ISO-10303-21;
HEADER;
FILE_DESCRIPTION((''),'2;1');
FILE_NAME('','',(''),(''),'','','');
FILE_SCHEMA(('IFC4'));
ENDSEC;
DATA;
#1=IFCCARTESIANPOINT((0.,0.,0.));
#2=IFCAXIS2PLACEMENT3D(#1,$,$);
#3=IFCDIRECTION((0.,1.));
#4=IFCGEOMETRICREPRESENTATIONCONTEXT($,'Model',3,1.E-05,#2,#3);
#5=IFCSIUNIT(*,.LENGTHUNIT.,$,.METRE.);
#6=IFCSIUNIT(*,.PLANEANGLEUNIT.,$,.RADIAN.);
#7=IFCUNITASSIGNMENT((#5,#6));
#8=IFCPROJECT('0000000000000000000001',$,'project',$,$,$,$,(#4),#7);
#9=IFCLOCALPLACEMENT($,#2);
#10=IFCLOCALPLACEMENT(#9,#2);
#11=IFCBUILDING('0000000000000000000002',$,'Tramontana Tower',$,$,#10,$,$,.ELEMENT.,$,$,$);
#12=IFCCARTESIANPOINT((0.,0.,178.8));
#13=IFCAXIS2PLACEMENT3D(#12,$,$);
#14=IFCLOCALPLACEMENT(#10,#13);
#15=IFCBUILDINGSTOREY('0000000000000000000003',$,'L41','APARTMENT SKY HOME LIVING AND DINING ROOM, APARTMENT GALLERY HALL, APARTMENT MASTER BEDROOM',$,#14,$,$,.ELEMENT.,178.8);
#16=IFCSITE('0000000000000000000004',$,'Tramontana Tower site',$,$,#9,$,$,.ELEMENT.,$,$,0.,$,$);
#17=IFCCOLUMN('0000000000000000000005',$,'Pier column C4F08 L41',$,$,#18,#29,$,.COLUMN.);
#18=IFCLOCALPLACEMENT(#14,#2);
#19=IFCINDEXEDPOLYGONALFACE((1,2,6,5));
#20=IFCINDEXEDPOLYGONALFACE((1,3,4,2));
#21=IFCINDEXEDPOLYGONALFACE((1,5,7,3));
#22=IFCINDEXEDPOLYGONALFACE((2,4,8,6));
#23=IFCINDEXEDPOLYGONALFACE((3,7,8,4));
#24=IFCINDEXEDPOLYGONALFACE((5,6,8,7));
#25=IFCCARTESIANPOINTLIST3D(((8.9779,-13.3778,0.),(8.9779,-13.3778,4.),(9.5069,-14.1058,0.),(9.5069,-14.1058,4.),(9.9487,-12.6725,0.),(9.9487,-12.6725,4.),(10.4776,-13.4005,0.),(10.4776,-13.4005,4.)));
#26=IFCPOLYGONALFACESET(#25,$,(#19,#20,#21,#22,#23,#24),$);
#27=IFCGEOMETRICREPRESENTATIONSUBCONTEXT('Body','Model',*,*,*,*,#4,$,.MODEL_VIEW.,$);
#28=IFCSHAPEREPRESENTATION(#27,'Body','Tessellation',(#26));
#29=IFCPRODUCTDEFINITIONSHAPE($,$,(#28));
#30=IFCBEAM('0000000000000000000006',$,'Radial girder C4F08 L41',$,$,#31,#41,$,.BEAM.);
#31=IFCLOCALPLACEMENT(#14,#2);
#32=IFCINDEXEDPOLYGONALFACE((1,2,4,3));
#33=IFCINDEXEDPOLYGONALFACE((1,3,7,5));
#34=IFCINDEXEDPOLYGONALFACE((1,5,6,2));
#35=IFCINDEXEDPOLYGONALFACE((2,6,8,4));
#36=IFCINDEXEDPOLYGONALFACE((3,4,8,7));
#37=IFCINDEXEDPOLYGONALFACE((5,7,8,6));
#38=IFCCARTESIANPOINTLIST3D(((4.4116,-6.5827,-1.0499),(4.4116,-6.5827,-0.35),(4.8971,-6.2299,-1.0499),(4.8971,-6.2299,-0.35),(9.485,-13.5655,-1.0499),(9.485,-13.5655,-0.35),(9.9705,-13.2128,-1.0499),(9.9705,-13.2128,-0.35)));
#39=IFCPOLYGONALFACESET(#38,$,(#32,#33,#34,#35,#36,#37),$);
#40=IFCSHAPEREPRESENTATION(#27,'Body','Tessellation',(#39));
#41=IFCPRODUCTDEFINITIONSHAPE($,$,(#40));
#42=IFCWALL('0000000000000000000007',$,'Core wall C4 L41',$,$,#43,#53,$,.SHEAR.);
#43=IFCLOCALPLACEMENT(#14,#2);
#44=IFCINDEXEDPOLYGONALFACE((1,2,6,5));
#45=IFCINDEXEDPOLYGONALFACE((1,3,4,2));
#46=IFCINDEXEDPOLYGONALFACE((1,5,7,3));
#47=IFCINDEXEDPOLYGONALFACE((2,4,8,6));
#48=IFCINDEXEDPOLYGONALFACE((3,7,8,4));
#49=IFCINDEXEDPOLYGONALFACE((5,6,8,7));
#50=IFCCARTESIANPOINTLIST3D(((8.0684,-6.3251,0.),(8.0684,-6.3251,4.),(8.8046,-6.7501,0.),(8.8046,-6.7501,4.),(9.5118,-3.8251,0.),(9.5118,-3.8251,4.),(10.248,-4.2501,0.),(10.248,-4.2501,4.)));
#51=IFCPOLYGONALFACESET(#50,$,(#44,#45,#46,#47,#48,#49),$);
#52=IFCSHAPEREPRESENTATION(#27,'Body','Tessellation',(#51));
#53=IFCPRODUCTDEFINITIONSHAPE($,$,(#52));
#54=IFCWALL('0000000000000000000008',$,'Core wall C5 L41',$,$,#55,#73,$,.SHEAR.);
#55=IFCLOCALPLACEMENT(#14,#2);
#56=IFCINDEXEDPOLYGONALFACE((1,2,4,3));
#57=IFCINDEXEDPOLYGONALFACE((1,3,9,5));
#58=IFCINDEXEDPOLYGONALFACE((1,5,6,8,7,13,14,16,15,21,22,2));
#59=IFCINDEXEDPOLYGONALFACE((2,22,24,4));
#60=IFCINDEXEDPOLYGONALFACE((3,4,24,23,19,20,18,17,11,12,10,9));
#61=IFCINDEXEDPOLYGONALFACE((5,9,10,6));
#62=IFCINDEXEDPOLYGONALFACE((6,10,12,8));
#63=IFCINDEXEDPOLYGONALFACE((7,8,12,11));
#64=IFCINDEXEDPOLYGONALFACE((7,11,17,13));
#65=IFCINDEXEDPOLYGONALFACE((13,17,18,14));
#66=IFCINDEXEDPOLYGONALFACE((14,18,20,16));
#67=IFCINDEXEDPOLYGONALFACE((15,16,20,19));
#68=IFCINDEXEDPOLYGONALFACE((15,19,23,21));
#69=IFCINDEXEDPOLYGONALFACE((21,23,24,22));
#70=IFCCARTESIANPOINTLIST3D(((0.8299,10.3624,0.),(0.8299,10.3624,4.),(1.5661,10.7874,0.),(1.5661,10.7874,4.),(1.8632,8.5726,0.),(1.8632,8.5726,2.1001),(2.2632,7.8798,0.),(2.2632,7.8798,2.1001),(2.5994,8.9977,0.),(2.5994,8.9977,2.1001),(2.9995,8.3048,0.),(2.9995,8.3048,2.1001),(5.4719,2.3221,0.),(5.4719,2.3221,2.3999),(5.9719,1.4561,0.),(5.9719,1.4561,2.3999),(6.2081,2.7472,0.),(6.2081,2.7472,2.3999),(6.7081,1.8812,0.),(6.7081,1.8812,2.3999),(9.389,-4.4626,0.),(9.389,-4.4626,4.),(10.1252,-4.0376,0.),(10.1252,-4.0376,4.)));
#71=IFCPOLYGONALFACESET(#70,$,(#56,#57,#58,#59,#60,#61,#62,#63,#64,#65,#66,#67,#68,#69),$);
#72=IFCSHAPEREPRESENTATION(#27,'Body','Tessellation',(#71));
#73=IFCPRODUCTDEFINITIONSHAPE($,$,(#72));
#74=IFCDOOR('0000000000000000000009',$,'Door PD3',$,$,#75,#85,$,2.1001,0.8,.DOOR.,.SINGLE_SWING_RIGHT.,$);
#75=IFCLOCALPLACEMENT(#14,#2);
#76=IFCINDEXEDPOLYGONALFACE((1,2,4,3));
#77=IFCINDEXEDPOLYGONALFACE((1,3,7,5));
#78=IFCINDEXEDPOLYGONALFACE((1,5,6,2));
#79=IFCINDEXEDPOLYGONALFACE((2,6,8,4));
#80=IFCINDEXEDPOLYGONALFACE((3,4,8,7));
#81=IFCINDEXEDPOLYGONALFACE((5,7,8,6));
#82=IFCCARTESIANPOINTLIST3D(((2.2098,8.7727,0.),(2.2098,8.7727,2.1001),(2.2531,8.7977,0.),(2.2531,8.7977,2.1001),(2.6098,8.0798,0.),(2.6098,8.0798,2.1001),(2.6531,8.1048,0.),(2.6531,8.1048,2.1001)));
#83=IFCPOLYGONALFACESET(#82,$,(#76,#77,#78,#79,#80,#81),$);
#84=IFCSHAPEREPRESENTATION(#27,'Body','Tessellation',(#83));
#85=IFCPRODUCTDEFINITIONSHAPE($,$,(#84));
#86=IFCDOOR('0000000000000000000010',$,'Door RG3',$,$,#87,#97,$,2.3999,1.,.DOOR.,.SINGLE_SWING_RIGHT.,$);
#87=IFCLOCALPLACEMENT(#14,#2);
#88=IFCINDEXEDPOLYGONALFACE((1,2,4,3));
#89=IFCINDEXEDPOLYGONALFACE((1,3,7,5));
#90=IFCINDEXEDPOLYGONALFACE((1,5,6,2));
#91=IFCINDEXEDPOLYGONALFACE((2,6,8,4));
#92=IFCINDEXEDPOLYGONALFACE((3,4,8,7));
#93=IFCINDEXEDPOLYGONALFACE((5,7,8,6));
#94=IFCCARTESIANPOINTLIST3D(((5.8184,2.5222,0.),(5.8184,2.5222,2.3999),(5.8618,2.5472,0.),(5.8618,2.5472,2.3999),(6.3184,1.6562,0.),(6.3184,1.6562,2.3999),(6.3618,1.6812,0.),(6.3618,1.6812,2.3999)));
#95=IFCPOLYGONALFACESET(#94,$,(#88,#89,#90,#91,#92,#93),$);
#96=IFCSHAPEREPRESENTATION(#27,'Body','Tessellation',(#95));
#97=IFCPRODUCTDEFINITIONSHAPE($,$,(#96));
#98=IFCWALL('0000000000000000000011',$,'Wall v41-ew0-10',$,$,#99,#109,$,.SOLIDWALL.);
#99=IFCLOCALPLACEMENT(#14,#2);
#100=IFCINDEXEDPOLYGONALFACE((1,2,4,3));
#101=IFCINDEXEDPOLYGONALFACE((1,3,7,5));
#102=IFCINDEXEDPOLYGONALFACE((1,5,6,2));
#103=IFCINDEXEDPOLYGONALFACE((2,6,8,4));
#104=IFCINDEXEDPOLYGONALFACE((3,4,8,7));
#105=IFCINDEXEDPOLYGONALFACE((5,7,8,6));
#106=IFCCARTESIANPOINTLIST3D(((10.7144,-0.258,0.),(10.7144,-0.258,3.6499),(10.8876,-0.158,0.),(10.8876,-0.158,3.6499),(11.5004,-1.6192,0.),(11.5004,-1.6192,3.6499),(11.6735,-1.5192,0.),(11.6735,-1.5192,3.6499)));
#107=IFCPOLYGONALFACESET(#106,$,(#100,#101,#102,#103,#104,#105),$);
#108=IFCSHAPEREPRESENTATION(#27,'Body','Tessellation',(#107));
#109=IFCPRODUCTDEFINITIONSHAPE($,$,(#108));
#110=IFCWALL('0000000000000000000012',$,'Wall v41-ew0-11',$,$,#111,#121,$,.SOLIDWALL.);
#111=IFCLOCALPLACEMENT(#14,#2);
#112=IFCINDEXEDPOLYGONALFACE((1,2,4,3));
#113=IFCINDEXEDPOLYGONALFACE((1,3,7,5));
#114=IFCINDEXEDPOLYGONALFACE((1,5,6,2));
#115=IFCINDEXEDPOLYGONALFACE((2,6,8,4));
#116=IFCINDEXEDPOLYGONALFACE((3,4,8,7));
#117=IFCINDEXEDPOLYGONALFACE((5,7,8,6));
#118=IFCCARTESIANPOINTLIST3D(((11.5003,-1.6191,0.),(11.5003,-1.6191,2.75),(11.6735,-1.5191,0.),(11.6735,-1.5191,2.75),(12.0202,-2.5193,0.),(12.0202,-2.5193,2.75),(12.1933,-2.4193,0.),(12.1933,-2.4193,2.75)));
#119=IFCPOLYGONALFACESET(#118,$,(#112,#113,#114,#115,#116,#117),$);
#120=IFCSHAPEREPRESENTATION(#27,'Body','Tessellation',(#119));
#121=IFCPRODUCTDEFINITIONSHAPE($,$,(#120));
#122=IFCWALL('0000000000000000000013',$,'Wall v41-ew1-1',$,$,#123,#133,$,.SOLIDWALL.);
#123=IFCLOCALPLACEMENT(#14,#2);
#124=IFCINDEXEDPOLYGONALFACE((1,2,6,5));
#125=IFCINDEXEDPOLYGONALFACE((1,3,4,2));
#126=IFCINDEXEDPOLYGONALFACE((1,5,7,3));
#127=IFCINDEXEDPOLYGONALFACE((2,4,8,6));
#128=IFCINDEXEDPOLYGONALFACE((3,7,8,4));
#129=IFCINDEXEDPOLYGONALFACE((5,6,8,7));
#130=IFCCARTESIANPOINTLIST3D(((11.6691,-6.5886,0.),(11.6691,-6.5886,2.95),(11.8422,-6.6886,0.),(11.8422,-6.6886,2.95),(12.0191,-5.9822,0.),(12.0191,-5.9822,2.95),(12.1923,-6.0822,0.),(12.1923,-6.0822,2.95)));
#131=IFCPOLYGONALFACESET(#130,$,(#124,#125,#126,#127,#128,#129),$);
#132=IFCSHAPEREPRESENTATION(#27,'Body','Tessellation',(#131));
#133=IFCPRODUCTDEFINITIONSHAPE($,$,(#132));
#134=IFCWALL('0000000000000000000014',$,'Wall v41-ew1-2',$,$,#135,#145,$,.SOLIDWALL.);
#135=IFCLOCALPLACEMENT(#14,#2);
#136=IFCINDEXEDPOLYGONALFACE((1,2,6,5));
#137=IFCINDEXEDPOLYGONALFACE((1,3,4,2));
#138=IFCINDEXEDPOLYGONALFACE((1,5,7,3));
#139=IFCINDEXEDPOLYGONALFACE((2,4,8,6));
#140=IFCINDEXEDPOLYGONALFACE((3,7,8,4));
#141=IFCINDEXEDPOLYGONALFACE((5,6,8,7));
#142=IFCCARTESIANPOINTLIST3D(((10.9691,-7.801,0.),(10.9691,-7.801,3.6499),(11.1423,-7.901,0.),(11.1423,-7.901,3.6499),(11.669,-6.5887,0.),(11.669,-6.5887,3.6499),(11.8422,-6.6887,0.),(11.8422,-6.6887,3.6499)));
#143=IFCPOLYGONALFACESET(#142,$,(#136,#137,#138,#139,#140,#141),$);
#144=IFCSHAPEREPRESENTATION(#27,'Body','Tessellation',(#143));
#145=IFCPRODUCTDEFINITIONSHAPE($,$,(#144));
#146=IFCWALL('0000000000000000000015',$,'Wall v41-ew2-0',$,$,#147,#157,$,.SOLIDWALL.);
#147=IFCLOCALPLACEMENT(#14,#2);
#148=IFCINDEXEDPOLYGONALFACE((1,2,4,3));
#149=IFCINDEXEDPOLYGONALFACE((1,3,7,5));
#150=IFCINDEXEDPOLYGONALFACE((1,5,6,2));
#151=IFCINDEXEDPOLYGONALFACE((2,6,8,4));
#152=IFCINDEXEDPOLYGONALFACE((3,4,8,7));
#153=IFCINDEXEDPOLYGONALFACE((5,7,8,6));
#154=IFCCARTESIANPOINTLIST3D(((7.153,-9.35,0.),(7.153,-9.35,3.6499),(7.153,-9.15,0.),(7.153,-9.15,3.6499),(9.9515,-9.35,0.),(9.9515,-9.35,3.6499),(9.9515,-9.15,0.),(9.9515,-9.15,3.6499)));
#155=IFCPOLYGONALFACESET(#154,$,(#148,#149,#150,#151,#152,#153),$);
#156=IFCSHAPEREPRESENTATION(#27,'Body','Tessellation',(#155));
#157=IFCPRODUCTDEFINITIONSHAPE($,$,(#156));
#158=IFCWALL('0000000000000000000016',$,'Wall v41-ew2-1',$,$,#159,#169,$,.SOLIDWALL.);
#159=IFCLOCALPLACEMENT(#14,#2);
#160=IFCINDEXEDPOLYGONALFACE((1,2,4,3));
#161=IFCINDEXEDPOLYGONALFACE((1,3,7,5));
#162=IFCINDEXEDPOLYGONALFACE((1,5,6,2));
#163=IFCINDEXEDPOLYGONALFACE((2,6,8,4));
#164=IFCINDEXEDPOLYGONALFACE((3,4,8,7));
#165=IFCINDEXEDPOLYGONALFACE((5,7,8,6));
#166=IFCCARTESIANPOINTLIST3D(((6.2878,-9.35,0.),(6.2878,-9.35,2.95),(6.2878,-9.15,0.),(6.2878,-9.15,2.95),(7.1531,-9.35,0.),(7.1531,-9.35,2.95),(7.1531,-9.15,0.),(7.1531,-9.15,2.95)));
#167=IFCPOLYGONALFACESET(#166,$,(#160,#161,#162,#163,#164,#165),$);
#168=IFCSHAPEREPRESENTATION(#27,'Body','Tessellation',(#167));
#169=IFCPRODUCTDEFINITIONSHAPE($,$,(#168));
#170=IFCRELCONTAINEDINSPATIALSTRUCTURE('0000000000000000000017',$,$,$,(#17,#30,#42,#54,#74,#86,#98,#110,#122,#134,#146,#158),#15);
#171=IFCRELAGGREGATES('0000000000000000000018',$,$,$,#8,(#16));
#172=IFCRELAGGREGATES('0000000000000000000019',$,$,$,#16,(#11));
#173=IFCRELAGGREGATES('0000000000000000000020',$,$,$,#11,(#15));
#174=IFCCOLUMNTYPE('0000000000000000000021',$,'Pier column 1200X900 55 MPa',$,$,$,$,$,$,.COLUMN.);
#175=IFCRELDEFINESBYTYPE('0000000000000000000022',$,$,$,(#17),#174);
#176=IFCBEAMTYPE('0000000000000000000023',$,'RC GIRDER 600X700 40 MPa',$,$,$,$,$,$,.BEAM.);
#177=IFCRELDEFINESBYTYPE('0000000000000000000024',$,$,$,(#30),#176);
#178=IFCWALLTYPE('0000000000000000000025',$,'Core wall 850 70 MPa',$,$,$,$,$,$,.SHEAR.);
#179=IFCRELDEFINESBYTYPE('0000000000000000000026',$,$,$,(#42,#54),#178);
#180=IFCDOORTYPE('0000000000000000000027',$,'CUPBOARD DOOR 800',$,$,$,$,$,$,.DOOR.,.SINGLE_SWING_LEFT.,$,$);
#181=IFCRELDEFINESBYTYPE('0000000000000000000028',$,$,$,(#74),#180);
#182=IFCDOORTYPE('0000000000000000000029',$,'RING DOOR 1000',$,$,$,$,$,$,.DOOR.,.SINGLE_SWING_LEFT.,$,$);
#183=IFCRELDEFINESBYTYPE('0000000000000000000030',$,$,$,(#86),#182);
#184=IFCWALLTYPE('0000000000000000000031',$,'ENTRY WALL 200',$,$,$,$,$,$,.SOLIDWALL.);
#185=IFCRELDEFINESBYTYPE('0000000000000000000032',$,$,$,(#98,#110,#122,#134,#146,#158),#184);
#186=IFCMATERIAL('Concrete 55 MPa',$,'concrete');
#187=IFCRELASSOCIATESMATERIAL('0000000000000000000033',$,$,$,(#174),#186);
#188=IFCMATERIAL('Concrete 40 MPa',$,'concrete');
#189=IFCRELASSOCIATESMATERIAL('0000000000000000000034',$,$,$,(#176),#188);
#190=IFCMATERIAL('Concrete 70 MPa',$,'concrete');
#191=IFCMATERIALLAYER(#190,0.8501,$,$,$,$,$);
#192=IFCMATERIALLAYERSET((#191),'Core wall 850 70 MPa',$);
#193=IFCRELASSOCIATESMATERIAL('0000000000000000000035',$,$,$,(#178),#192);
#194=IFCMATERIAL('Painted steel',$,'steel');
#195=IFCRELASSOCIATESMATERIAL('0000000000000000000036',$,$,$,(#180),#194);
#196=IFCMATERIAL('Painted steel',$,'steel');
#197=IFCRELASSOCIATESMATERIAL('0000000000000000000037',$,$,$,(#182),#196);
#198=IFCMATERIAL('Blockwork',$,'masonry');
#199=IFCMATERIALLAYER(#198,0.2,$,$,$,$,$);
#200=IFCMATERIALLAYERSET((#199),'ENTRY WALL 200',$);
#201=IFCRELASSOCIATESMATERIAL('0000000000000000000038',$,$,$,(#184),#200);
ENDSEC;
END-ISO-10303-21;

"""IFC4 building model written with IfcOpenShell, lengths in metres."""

from ifc_helpers import new_model, si_unit, direction, frame, frame_2d, origin, origin_2d, place, context, subcontext, project, spatial, rectangle, extrude, material, layer, layer_set, material_profile, profile_set, type_object, element, fill, save


model = new_model("IFC4")

# Units and contexts
model_context = context("Model", 3, precision=1e-05, world=origin(), true_north=direction((0.0, 1.0)))
body_context = subcontext(model_context, "Body", "Model", "MODEL_VIEW")
ifc_project = project(units=[si_unit("LENGTHUNIT", "METRE"), si_unit("PLANEANGLEUNIT", "RADIAN")], contexts=[model_context])

# Site, building, storey
site_placement = place(None, origin())
site = spatial("IfcSite", under=ifc_project, at=site_placement, Name="Tramontana Tower site", CompositionType="ELEMENT", RefElevation=0.0)
building_placement = place(site_placement, origin())
building = spatial("IfcBuilding", under=site, at=building_placement, Name="Tramontana Tower", CompositionType="ELEMENT")
storey_placement = place(building_placement, frame((0.0, 0.0, 178.8)))
storey = spatial("IfcBuildingStorey", under=building, at=storey_placement, Name="L41", Description="APARTMENT SKY HOME LIVING AND DINING ROOM, APARTMENT GALLERY HALL, APARTMENT MASTER BEDROOM", CompositionType="ELEMENT", Elevation=178.8)

# Column
ifc_material_1 = material(Name="Concrete 55 MPa", Category="concrete")
ifc_material_profile_1 = material_profile(ifc_material_1, rectangle(XDim=1.2, YDim=0.8999, at=origin_2d()), Name="Pier column 1200X900 55 MPa")
ifc_profile_set_1 = profile_set([ifc_material_profile_1], Name="Concrete 55 MPa")
column_type = type_object("IfcColumnType", Name="Pier column 1200X900 55 MPa", PredefinedType="COLUMN", material=ifc_profile_set_1)
column_placement = place(storey_placement, frame((9.7278, -13.3892, 0.0), z_axis=(0.0, 0.0, 1.0), x_axis=(0.809017, 0.587785, 0.0)))
element("IfcColumn", 1, at=column_placement, inside=storey, type_object=column_type, Name="Pier column C4F08 L41", PredefinedType="COLUMN", context=body_context, shape_type="SweptSolid", body=[
    extrude(rectangle(XDim=1.2, YDim=0.8999, at=origin_2d()), origin(), (0.0, 0.0, 1.0), 4.0),
])

# Beam
ifc_material_2 = material(Name="Concrete 40 MPa", Category="concrete")
ifc_material_profile_2 = material_profile(ifc_material_2, rectangle(XDim=0.6001, YDim=0.7, at=origin_2d()), Name="RC GIRDER 600X700 40 MPa")
ifc_profile_set_2 = profile_set([ifc_material_profile_2], Name="Concrete 40 MPa")
beam_type = type_object("IfcBeamType", Name="RC GIRDER 600X700 40 MPa", PredefinedType="BEAM", material=ifc_profile_set_2)
beam_placement = place(storey_placement, frame((9.7278, -13.3892, -0.7), z_axis=(-0.587793, 0.809011, 0.0), x_axis=(-0.809011, -0.587793, 0.0)))
element("IfcBeam", 2, at=beam_placement, inside=storey, type_object=beam_type, Name="Radial girder C4F08 L41", PredefinedType="BEAM", context=body_context, shape_type="SweptSolid", body=[
    extrude(rectangle(XDim=0.6001, YDim=0.7, at=origin_2d()), origin(), (0.0, 0.0, 1.0), 8.6313),
])

# Wall
ifc_material_3 = material(Name="Concrete 70 MPa", Category="concrete")
ifc_layer_1 = layer(ifc_material_3, 0.8501)
ifc_layer_set_1 = layer_set([ifc_layer_1], Name="Core wall 850 70 MPa")
wall_type_1 = type_object("IfcWallType", Name="Core wall 850 70 MPa", PredefinedType="SHEAR", material=ifc_layer_set_1)
wall_1_placement = place(storey_placement, frame((8.4365, -6.5376, 0.0), z_axis=(0.0, 0.0, 1.0), x_axis=(0.499996, 0.866028, 0.0)))
element("IfcWall", 3, at=wall_1_placement, inside=storey, type_object=wall_type_1, Name="Core wall C4 L41", PredefinedType="SHEAR", context=body_context, shape_type="SweptSolid", body=[
    extrude(rectangle(XDim=2.8867, YDim=0.8501, at=frame_2d((1.4434, 0.0))), origin(), (0.0, 0.0, 1.0), 4.0),
])

# Wall, openings, doors
wall_2_placement = place(storey_placement, frame((9.7571, -4.25, 0.0), z_axis=(0.0, 0.0, 1.0), x_axis=(-0.499995, 0.866028, 0.0)))
wall_2 = element("IfcWall", 4, at=wall_2_placement, inside=storey, type_object=wall_type_1, Name="Core wall C5 L41", PredefinedType="SHEAR", context=body_context, shape_type="SweptSolid", body=[
    extrude(rectangle(XDim=17.1184, YDim=0.8501, at=frame_2d((8.5591, 0.0))), origin(), (0.0, 0.0, 1.0), 4.0),
])
opening_1_placement = place(wall_2_placement, frame((6.8342, 0.0, 0.0)))
opening_1 = element("IfcOpeningElement", 5, at=opening_1_placement, cuts=wall_2, PredefinedType="OPENING", context=body_context, shape_type="SweptSolid", body=[
    extrude(rectangle(XDim=1.0, YDim=2.3999, at=frame_2d((0.5, 1.2))), frame((0.0, 0.4351, 0.0), z_axis=(0.0, -1.0, 0.0), x_axis=(1.0, 0.0, 0.0)), (0.0, 0.0, 1.0), 0.8701),
])
opening_2_placement = place(wall_2_placement, frame((14.2517, 0.0, 0.0)))
opening_2 = element("IfcOpeningElement", 6, at=opening_2_placement, cuts=wall_2, PredefinedType="OPENING", context=body_context, shape_type="SweptSolid", body=[
    extrude(rectangle(XDim=0.8, YDim=2.1001, at=frame_2d((0.3999, 1.05))), frame((0.0, 0.4351, 0.0), z_axis=(0.0, -1.0, 0.0), x_axis=(1.0, 0.0, 0.0)), (0.0, 0.0, 1.0), 0.8701),
])
ifc_material_4 = material(Name="Painted steel", Category="steel")
door_type_1 = type_object("IfcDoorType", Name="CUPBOARD DOOR 800", OperationType="SINGLE_SWING_LEFT", PredefinedType="DOOR", material=ifc_material_4)
door_1_placement = place(opening_2_placement, origin())
door_1 = element("IfcDoor", 7, at=door_1_placement, inside=storey, type_object=door_type_1, Name="Door PD3", OperationType="SINGLE_SWING_RIGHT", OverallHeight=2.1001, OverallWidth=0.8, PredefinedType="DOOR", context=body_context, shape_type="SweptSolid", body=[
    extrude(rectangle(XDim=0.8, YDim=2.1001, at=frame_2d((0.3999, 1.05))), frame((0.0, 0.0249, 0.0), z_axis=(0.0, -1.0, 0.0), x_axis=(1.0, 0.0, 0.0)), (0.0, 0.0, 1.0), 0.05),
])
fill(opening_2, door_1)
ifc_material_5 = material(Name="Painted steel", Category="steel")
door_type_2 = type_object("IfcDoorType", Name="RING DOOR 1000", OperationType="SINGLE_SWING_LEFT", PredefinedType="DOOR", material=ifc_material_5)
door_2_placement = place(opening_1_placement, origin())
door_2 = element("IfcDoor", 8, at=door_2_placement, inside=storey, type_object=door_type_2, Name="Door RG3", OperationType="SINGLE_SWING_RIGHT", OverallHeight=2.3999, OverallWidth=1.0, PredefinedType="DOOR", context=body_context, shape_type="SweptSolid", body=[
    extrude(rectangle(XDim=1.0, YDim=2.3999, at=frame_2d((0.5, 1.2))), frame((0.0, 0.0249, 0.0), z_axis=(0.0, -1.0, 0.0), x_axis=(1.0, 0.0, 0.0)), (0.0, 0.0, 1.0), 0.05),
])
fill(opening_1, door_2)

# Walls
ifc_material_6 = material(Name="Blockwork", Category="masonry")
ifc_layer_2 = layer(ifc_material_6, 0.2)
ifc_layer_set_2 = layer_set([ifc_layer_2], Name="ENTRY WALL 200")
wall_type_2 = type_object("IfcWallType", Name="ENTRY WALL 200", PredefinedType="SOLIDWALL", material=ifc_layer_set_2)
wall_3_placement = place(storey_placement, frame((10.801, -0.208, 0.0), z_axis=(0.0, 0.0, 1.0), x_axis=(0.500032, -0.866007, 0.0)))
element("IfcWall", 9, at=wall_3_placement, inside=storey, type_object=wall_type_2, Name="Wall v41-ew0-10", PredefinedType="SOLIDWALL", context=body_context, shape_type="SweptSolid", body=[
    extrude(rectangle(XDim=1.5718, YDim=0.2, at=frame_2d((0.7859, 0.0))), origin(), (0.0, 0.0, 1.0), 3.6499),
])
wall_4_placement = place(storey_placement, frame((11.5869, -1.5691, 0.0), z_axis=(0.0, 0.0, 1.0), x_axis=(0.500055, -0.865994, 0.0)))
element("IfcWall", 10, at=wall_4_placement, inside=storey, type_object=wall_type_2, Name="Wall v41-ew0-11", PredefinedType="SOLIDWALL", context=body_context, shape_type="SweptSolid", body=[
    extrude(rectangle(XDim=1.0396, YDim=0.2, at=frame_2d((0.5198, 0.0))), origin(), (0.0, 0.0, 1.0), 2.75),
])
wall_5_placement = place(storey_placement, frame((12.1057, -6.0322, 0.0), z_axis=(0.0, 0.0, 1.0), x_axis=(-0.499964, -0.866046, 0.0)))
element("IfcWall", 11, at=wall_5_placement, inside=storey, type_object=wall_type_2, Name="Wall v41-ew1-1", PredefinedType="SOLIDWALL", context=body_context, shape_type="SweptSolid", body=[
    extrude(rectangle(XDim=0.7002, YDim=0.2, at=frame_2d((0.3501, 0.0))), origin(), (0.0, 0.0, 1.0), 2.95),
])
wall_6_placement = place(storey_placement, frame((11.7556, -6.6387, 0.0), z_axis=(0.0, 0.0, 1.0), x_axis=(-0.499984, -0.866035, 0.0)))
element("IfcWall", 12, at=wall_6_placement, inside=storey, type_object=wall_type_2, Name="Wall v41-ew1-2", PredefinedType="SOLIDWALL", context=body_context, shape_type="SweptSolid", body=[
    extrude(rectangle(XDim=1.3999, YDim=0.2, at=frame_2d((0.7, 0.0))), origin(), (0.0, 0.0, 1.0), 3.6499),
])
wall_7_placement = place(storey_placement, frame((9.9517, -9.25, 0.0), z_axis=(0.0, 0.0, 1.0), x_axis=(-1.0, 0.0, 0.0)))
element("IfcWall", 13, at=wall_7_placement, inside=storey, type_object=wall_type_2, Name="Wall v41-ew2-0", PredefinedType="SOLIDWALL", context=body_context, shape_type="SweptSolid", body=[
    extrude(rectangle(XDim=2.7986, YDim=0.2, at=frame_2d((1.3994, 0.0))), origin(), (0.0, 0.0, 1.0), 3.6499),
])
wall_8_placement = place(storey_placement, frame((7.1531, -9.25, 0.0), z_axis=(0.0, 0.0, 1.0), x_axis=(-1.0, 0.0, 0.0)))
element("IfcWall", 14, at=wall_8_placement, inside=storey, type_object=wall_type_2, Name="Wall v41-ew2-1", PredefinedType="SOLIDWALL", context=body_context, shape_type="SweptSolid", body=[
    extrude(rectangle(XDim=0.8652, YDim=0.2, at=frame_2d((0.4326, 0.0))), origin(), (0.0, 0.0, 1.0), 2.95),
])

save(model, "model.ifc")
